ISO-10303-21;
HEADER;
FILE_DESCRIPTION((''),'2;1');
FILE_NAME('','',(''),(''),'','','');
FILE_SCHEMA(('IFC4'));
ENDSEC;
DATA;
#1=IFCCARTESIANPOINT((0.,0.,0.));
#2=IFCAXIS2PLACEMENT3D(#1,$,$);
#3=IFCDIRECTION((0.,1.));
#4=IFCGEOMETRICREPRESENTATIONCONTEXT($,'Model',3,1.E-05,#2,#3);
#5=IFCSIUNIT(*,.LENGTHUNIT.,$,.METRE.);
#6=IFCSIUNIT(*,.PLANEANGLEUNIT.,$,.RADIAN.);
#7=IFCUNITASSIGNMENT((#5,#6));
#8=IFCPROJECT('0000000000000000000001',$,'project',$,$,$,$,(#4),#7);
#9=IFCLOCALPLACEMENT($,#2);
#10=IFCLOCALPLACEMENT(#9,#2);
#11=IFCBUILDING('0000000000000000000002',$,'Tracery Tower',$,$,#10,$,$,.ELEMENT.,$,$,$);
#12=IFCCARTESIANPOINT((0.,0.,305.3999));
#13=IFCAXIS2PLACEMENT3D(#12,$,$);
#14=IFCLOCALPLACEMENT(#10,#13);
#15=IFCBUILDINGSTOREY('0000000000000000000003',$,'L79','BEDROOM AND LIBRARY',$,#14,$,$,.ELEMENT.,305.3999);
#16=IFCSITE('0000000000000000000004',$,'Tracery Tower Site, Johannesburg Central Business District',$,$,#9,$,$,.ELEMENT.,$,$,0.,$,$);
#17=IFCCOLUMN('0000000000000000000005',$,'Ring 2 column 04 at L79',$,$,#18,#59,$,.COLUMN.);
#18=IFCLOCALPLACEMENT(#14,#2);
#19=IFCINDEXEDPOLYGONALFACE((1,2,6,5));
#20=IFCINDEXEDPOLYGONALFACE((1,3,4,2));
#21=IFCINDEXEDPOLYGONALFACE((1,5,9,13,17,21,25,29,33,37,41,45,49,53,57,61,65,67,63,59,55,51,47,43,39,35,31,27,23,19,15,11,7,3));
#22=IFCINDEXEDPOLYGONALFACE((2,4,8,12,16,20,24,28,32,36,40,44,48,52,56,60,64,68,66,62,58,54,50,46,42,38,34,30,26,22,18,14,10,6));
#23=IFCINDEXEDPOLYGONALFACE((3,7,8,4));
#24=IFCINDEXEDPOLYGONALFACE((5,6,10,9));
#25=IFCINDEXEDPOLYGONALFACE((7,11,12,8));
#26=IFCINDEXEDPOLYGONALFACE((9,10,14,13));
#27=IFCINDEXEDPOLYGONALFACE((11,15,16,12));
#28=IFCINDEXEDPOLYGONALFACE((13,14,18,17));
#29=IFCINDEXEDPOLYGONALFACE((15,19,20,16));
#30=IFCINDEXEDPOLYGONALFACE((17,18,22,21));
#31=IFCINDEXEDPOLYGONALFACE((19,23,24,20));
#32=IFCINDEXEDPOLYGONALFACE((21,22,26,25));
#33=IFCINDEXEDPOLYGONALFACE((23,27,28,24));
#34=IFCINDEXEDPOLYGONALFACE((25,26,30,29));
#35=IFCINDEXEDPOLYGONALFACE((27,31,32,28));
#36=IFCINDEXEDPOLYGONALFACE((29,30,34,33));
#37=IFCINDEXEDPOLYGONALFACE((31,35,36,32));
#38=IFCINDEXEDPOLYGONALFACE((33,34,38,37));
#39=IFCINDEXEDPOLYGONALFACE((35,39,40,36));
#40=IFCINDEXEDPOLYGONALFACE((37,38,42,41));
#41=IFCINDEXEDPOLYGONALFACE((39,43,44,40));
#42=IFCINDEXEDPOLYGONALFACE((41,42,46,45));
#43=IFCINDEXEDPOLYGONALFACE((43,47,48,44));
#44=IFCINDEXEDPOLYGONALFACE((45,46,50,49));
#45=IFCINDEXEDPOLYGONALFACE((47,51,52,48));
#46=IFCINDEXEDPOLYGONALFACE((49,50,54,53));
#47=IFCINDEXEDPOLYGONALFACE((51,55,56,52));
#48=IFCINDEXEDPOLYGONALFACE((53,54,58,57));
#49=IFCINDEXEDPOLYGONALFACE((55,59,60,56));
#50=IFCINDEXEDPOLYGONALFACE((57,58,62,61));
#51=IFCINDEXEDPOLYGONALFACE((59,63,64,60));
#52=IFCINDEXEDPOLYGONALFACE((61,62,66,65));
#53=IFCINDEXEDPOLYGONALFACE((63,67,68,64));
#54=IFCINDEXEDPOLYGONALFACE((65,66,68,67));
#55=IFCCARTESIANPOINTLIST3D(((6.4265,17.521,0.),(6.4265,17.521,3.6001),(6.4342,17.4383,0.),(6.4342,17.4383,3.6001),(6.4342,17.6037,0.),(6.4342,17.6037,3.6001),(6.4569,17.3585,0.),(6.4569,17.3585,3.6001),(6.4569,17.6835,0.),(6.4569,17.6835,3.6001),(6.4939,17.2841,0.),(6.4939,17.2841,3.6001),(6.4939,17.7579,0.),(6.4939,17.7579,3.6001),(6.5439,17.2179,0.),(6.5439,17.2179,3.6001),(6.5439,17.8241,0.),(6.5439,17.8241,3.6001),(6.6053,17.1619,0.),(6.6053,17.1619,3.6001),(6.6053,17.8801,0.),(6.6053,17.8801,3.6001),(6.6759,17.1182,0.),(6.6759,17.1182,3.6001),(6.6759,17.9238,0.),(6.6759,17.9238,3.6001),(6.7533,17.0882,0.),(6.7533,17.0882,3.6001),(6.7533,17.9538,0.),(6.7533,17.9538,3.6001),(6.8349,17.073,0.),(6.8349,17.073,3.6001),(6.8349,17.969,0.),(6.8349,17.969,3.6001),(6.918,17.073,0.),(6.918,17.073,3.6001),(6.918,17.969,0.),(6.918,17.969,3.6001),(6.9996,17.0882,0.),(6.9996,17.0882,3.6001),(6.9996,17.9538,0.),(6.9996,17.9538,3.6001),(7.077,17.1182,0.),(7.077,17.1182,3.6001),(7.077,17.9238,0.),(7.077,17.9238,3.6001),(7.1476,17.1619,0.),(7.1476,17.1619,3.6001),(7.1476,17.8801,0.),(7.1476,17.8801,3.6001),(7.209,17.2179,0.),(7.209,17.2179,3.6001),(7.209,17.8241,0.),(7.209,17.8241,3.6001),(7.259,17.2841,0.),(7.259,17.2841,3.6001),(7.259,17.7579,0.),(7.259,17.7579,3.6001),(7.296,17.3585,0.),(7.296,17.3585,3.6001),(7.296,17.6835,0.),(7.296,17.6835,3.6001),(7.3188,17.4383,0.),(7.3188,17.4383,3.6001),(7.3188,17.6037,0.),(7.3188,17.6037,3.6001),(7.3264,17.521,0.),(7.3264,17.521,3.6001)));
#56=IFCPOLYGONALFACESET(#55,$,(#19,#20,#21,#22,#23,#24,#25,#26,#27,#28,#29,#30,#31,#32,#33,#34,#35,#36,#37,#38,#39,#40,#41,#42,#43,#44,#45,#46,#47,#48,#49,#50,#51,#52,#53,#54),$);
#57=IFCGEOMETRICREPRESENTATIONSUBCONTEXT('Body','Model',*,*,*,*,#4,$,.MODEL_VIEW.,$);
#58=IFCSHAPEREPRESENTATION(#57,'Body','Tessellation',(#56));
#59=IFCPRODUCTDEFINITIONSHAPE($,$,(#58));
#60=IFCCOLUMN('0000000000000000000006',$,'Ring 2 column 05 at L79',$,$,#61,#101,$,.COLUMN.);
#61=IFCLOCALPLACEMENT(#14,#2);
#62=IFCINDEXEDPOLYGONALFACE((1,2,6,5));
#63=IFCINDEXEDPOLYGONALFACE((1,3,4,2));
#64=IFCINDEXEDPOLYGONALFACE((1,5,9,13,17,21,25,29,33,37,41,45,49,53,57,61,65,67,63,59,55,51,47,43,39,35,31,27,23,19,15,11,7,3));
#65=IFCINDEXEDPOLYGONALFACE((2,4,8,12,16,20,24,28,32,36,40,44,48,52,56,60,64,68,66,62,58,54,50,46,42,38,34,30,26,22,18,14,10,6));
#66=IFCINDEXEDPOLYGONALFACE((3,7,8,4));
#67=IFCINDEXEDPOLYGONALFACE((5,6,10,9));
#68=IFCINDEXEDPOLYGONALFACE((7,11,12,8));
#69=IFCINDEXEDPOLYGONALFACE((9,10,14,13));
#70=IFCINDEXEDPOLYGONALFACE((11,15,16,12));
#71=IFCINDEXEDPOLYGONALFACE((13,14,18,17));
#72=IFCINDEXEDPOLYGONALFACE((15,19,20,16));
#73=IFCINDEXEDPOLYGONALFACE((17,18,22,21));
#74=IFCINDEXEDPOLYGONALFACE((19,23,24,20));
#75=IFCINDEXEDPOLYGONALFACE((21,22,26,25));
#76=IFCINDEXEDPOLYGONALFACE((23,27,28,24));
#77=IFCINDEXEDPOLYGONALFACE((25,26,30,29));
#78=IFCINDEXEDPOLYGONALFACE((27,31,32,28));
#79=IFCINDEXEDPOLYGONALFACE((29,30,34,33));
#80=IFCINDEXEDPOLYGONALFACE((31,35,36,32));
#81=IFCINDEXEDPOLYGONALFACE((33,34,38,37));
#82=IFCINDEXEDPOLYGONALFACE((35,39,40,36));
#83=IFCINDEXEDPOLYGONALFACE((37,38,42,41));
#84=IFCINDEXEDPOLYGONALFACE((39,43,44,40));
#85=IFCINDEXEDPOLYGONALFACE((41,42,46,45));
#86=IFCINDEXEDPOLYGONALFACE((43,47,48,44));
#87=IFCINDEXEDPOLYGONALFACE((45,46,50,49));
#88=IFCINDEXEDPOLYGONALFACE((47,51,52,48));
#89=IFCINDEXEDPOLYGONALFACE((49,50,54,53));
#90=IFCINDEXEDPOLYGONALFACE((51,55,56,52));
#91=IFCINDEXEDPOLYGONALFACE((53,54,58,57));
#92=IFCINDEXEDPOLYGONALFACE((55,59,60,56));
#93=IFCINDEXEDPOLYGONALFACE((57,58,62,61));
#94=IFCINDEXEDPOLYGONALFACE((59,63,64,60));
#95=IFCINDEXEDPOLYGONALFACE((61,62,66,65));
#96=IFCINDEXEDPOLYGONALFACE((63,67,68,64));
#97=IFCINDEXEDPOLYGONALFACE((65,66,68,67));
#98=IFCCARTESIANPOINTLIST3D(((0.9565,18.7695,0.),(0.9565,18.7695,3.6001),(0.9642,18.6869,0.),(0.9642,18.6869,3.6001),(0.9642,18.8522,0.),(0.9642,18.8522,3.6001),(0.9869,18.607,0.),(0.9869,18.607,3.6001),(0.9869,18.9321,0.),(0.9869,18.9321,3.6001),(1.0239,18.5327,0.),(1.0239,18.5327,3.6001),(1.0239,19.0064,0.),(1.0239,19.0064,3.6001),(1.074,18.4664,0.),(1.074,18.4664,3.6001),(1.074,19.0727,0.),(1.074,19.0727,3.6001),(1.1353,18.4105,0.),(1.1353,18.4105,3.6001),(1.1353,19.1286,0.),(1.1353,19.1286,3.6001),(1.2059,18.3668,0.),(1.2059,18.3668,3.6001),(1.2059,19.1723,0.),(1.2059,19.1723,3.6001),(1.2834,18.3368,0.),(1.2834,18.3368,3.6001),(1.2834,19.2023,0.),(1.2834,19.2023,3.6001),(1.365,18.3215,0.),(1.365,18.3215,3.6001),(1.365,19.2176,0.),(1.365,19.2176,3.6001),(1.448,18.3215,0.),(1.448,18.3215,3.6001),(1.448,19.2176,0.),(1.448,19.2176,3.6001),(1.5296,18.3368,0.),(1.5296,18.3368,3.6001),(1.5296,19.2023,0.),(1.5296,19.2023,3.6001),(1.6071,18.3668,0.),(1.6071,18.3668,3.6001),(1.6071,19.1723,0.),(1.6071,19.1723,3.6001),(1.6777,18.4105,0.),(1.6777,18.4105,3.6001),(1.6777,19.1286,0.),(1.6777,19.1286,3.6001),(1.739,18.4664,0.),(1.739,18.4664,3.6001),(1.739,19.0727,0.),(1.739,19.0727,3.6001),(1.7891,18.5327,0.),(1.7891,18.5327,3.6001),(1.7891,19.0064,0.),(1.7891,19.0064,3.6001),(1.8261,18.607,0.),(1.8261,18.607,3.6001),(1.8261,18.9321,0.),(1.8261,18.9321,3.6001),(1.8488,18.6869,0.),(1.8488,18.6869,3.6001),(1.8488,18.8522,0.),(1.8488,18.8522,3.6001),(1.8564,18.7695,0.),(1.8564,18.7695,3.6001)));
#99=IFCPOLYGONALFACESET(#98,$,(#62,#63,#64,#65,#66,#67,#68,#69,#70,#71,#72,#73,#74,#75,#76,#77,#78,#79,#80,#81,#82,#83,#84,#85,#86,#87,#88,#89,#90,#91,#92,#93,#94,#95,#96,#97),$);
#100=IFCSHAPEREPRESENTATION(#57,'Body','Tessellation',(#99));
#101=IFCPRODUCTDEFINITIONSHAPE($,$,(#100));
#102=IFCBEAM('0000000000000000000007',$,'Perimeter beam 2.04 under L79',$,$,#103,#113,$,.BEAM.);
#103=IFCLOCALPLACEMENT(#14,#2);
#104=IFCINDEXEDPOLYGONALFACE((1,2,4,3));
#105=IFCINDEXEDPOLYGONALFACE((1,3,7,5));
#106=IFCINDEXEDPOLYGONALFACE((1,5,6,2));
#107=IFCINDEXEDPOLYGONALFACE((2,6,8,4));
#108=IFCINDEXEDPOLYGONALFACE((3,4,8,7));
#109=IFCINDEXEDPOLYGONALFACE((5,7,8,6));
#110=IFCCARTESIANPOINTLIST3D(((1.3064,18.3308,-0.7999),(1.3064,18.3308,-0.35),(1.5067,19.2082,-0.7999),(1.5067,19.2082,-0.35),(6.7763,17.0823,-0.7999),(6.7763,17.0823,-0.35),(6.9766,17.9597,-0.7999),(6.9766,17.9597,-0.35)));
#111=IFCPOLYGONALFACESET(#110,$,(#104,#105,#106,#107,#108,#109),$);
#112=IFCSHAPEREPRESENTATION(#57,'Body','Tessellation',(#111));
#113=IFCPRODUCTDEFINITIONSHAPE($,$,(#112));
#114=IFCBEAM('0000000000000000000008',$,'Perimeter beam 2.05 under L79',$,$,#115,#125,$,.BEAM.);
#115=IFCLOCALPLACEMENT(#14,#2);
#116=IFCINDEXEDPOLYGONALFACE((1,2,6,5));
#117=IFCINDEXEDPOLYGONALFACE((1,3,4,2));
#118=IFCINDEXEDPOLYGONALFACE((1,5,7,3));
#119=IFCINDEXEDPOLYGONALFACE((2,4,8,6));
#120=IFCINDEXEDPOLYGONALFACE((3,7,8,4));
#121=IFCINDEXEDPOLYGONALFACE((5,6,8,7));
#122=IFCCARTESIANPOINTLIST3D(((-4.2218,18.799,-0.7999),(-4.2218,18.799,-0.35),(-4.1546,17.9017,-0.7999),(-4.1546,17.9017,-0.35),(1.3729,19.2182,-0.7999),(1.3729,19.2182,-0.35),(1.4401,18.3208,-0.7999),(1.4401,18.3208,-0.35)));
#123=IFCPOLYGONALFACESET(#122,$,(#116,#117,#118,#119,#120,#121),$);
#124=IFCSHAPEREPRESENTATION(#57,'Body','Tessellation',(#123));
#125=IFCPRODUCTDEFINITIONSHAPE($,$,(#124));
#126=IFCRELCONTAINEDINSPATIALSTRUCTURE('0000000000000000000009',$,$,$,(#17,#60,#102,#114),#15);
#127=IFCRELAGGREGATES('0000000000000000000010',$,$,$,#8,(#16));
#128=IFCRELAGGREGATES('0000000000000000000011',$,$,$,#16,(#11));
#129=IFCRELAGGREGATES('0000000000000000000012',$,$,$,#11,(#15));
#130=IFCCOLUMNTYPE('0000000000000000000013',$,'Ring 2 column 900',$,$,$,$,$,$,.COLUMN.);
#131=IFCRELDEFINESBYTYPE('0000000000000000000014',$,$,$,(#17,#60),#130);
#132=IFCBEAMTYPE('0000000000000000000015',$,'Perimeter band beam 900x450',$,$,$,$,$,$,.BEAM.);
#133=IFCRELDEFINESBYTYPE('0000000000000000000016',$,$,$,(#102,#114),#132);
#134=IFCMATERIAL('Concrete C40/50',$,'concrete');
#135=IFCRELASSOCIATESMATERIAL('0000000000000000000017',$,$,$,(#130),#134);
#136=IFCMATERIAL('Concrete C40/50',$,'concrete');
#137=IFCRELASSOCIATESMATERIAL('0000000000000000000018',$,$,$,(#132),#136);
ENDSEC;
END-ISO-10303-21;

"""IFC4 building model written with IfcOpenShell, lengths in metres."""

from ifc_helpers import new_model, si_unit, direction, frame, origin, origin_2d, place, context, subcontext, project, spatial, rectangle, circle, extrude, material, material_profile, profile_set, type_object, element, save


model = new_model("IFC4")

# Units and contexts
model_context = context("Model", 3, precision=1e-05, world=origin(), true_north=direction((0.0, 1.0)))
body_context = subcontext(model_context, "Body", "Model", "MODEL_VIEW")
ifc_project = project(units=[si_unit("LENGTHUNIT", "METRE"), si_unit("PLANEANGLEUNIT", "RADIAN")], contexts=[model_context])

# Site, building, storey
site_placement = place(None, origin())
site = spatial("IfcSite", under=ifc_project, at=site_placement, Name="Tracery Tower Site, Johannesburg Central Business District", CompositionType="ELEMENT", RefElevation=0.0)
building_placement = place(site_placement, origin())
building = spatial("IfcBuilding", under=site, at=building_placement, Name="Tracery Tower", CompositionType="ELEMENT")
storey_placement = place(building_placement, frame((0.0, 0.0, 305.3999)))
storey = spatial("IfcBuildingStorey", under=building, at=storey_placement, Name="L79", Description="BEDROOM AND LIBRARY", CompositionType="ELEMENT", Elevation=305.3999)

# Columns
ifc_material_1 = material(Name="Concrete C40/50", Category="concrete")
ifc_material_profile_1 = material_profile(ifc_material_1, circle(Radius=0.45, at=origin_2d()), Name="RC D900")
ifc_profile_set_1 = profile_set([ifc_material_profile_1], Name="Concrete C40/50")
column_type = type_object("IfcColumnType", Name="Ring 2 column 900", PredefinedType="COLUMN", material=ifc_profile_set_1)
for number, where, z_axis, x_axis, name in (
    (1, (6.8765, 17.521, 0.0), (0.0, 0.0, 1.0), (1.0, 0.0, 0.0), "Ring 2 column 04 at L79"),
    (2, (1.4065, 18.7695, 0.0), (0.0, 0.0, 1.0), (1.0, 0.0, 0.0), "Ring 2 column 05 at L79"),
):
    element("IfcColumn", number, at=place(storey_placement, frame(where, z_axis=z_axis, x_axis=x_axis)), inside=storey, type_object=column_type, Name=name, PredefinedType="COLUMN", context=body_context, shape_type="SweptSolid", body=[
        extrude(circle(Radius=0.45, at=origin_2d()), origin(), (0.0, 0.0, 1.0), 3.6001),
    ])

# Beams
ifc_material_2 = material(Name="Concrete C40/50", Category="concrete")
ifc_material_profile_2 = material_profile(ifc_material_2, rectangle(XDim=0.8999, YDim=0.45, at=origin_2d()), Name="RC 900x450")
ifc_profile_set_2 = profile_set([ifc_material_profile_2], Name="Concrete C40/50")
beam_type = type_object("IfcBeamType", Name="Perimeter band beam 900x450", PredefinedType="BEAM", material=ifc_profile_set_2)
beam_1_placement = place(storey_placement, frame((6.8765, 17.521, -0.575), z_axis=(-0.974926, 0.222529, 0.0), x_axis=(-0.222529, -0.974926, 0.0)))
element("IfcBeam", 3, at=beam_1_placement, inside=storey, type_object=beam_type, Name="Perimeter beam 2.04 under L79", PredefinedType="BEAM", context=body_context, shape_type="SweptSolid", body=[
    extrude(rectangle(XDim=0.8999, YDim=0.45, at=origin_2d()), origin(), (0.0, 0.0, 1.0), 5.6106),
])
beam_2_placement = place(storey_placement, frame((1.4065, 18.7695, -0.575), z_axis=(-0.997205, -0.074716, 0.0), x_axis=(0.074716, -0.997205, 0.0)))
element("IfcBeam", 4, at=beam_2_placement, inside=storey, type_object=beam_type, Name="Perimeter beam 2.05 under L79", PredefinedType="BEAM", context=body_context, shape_type="SweptSolid", body=[
    extrude(rectangle(XDim=0.8999, YDim=0.45, at=origin_2d()), origin(), (0.0, 0.0, 1.0), 5.6104),
])

save(model, "model.ifc")
